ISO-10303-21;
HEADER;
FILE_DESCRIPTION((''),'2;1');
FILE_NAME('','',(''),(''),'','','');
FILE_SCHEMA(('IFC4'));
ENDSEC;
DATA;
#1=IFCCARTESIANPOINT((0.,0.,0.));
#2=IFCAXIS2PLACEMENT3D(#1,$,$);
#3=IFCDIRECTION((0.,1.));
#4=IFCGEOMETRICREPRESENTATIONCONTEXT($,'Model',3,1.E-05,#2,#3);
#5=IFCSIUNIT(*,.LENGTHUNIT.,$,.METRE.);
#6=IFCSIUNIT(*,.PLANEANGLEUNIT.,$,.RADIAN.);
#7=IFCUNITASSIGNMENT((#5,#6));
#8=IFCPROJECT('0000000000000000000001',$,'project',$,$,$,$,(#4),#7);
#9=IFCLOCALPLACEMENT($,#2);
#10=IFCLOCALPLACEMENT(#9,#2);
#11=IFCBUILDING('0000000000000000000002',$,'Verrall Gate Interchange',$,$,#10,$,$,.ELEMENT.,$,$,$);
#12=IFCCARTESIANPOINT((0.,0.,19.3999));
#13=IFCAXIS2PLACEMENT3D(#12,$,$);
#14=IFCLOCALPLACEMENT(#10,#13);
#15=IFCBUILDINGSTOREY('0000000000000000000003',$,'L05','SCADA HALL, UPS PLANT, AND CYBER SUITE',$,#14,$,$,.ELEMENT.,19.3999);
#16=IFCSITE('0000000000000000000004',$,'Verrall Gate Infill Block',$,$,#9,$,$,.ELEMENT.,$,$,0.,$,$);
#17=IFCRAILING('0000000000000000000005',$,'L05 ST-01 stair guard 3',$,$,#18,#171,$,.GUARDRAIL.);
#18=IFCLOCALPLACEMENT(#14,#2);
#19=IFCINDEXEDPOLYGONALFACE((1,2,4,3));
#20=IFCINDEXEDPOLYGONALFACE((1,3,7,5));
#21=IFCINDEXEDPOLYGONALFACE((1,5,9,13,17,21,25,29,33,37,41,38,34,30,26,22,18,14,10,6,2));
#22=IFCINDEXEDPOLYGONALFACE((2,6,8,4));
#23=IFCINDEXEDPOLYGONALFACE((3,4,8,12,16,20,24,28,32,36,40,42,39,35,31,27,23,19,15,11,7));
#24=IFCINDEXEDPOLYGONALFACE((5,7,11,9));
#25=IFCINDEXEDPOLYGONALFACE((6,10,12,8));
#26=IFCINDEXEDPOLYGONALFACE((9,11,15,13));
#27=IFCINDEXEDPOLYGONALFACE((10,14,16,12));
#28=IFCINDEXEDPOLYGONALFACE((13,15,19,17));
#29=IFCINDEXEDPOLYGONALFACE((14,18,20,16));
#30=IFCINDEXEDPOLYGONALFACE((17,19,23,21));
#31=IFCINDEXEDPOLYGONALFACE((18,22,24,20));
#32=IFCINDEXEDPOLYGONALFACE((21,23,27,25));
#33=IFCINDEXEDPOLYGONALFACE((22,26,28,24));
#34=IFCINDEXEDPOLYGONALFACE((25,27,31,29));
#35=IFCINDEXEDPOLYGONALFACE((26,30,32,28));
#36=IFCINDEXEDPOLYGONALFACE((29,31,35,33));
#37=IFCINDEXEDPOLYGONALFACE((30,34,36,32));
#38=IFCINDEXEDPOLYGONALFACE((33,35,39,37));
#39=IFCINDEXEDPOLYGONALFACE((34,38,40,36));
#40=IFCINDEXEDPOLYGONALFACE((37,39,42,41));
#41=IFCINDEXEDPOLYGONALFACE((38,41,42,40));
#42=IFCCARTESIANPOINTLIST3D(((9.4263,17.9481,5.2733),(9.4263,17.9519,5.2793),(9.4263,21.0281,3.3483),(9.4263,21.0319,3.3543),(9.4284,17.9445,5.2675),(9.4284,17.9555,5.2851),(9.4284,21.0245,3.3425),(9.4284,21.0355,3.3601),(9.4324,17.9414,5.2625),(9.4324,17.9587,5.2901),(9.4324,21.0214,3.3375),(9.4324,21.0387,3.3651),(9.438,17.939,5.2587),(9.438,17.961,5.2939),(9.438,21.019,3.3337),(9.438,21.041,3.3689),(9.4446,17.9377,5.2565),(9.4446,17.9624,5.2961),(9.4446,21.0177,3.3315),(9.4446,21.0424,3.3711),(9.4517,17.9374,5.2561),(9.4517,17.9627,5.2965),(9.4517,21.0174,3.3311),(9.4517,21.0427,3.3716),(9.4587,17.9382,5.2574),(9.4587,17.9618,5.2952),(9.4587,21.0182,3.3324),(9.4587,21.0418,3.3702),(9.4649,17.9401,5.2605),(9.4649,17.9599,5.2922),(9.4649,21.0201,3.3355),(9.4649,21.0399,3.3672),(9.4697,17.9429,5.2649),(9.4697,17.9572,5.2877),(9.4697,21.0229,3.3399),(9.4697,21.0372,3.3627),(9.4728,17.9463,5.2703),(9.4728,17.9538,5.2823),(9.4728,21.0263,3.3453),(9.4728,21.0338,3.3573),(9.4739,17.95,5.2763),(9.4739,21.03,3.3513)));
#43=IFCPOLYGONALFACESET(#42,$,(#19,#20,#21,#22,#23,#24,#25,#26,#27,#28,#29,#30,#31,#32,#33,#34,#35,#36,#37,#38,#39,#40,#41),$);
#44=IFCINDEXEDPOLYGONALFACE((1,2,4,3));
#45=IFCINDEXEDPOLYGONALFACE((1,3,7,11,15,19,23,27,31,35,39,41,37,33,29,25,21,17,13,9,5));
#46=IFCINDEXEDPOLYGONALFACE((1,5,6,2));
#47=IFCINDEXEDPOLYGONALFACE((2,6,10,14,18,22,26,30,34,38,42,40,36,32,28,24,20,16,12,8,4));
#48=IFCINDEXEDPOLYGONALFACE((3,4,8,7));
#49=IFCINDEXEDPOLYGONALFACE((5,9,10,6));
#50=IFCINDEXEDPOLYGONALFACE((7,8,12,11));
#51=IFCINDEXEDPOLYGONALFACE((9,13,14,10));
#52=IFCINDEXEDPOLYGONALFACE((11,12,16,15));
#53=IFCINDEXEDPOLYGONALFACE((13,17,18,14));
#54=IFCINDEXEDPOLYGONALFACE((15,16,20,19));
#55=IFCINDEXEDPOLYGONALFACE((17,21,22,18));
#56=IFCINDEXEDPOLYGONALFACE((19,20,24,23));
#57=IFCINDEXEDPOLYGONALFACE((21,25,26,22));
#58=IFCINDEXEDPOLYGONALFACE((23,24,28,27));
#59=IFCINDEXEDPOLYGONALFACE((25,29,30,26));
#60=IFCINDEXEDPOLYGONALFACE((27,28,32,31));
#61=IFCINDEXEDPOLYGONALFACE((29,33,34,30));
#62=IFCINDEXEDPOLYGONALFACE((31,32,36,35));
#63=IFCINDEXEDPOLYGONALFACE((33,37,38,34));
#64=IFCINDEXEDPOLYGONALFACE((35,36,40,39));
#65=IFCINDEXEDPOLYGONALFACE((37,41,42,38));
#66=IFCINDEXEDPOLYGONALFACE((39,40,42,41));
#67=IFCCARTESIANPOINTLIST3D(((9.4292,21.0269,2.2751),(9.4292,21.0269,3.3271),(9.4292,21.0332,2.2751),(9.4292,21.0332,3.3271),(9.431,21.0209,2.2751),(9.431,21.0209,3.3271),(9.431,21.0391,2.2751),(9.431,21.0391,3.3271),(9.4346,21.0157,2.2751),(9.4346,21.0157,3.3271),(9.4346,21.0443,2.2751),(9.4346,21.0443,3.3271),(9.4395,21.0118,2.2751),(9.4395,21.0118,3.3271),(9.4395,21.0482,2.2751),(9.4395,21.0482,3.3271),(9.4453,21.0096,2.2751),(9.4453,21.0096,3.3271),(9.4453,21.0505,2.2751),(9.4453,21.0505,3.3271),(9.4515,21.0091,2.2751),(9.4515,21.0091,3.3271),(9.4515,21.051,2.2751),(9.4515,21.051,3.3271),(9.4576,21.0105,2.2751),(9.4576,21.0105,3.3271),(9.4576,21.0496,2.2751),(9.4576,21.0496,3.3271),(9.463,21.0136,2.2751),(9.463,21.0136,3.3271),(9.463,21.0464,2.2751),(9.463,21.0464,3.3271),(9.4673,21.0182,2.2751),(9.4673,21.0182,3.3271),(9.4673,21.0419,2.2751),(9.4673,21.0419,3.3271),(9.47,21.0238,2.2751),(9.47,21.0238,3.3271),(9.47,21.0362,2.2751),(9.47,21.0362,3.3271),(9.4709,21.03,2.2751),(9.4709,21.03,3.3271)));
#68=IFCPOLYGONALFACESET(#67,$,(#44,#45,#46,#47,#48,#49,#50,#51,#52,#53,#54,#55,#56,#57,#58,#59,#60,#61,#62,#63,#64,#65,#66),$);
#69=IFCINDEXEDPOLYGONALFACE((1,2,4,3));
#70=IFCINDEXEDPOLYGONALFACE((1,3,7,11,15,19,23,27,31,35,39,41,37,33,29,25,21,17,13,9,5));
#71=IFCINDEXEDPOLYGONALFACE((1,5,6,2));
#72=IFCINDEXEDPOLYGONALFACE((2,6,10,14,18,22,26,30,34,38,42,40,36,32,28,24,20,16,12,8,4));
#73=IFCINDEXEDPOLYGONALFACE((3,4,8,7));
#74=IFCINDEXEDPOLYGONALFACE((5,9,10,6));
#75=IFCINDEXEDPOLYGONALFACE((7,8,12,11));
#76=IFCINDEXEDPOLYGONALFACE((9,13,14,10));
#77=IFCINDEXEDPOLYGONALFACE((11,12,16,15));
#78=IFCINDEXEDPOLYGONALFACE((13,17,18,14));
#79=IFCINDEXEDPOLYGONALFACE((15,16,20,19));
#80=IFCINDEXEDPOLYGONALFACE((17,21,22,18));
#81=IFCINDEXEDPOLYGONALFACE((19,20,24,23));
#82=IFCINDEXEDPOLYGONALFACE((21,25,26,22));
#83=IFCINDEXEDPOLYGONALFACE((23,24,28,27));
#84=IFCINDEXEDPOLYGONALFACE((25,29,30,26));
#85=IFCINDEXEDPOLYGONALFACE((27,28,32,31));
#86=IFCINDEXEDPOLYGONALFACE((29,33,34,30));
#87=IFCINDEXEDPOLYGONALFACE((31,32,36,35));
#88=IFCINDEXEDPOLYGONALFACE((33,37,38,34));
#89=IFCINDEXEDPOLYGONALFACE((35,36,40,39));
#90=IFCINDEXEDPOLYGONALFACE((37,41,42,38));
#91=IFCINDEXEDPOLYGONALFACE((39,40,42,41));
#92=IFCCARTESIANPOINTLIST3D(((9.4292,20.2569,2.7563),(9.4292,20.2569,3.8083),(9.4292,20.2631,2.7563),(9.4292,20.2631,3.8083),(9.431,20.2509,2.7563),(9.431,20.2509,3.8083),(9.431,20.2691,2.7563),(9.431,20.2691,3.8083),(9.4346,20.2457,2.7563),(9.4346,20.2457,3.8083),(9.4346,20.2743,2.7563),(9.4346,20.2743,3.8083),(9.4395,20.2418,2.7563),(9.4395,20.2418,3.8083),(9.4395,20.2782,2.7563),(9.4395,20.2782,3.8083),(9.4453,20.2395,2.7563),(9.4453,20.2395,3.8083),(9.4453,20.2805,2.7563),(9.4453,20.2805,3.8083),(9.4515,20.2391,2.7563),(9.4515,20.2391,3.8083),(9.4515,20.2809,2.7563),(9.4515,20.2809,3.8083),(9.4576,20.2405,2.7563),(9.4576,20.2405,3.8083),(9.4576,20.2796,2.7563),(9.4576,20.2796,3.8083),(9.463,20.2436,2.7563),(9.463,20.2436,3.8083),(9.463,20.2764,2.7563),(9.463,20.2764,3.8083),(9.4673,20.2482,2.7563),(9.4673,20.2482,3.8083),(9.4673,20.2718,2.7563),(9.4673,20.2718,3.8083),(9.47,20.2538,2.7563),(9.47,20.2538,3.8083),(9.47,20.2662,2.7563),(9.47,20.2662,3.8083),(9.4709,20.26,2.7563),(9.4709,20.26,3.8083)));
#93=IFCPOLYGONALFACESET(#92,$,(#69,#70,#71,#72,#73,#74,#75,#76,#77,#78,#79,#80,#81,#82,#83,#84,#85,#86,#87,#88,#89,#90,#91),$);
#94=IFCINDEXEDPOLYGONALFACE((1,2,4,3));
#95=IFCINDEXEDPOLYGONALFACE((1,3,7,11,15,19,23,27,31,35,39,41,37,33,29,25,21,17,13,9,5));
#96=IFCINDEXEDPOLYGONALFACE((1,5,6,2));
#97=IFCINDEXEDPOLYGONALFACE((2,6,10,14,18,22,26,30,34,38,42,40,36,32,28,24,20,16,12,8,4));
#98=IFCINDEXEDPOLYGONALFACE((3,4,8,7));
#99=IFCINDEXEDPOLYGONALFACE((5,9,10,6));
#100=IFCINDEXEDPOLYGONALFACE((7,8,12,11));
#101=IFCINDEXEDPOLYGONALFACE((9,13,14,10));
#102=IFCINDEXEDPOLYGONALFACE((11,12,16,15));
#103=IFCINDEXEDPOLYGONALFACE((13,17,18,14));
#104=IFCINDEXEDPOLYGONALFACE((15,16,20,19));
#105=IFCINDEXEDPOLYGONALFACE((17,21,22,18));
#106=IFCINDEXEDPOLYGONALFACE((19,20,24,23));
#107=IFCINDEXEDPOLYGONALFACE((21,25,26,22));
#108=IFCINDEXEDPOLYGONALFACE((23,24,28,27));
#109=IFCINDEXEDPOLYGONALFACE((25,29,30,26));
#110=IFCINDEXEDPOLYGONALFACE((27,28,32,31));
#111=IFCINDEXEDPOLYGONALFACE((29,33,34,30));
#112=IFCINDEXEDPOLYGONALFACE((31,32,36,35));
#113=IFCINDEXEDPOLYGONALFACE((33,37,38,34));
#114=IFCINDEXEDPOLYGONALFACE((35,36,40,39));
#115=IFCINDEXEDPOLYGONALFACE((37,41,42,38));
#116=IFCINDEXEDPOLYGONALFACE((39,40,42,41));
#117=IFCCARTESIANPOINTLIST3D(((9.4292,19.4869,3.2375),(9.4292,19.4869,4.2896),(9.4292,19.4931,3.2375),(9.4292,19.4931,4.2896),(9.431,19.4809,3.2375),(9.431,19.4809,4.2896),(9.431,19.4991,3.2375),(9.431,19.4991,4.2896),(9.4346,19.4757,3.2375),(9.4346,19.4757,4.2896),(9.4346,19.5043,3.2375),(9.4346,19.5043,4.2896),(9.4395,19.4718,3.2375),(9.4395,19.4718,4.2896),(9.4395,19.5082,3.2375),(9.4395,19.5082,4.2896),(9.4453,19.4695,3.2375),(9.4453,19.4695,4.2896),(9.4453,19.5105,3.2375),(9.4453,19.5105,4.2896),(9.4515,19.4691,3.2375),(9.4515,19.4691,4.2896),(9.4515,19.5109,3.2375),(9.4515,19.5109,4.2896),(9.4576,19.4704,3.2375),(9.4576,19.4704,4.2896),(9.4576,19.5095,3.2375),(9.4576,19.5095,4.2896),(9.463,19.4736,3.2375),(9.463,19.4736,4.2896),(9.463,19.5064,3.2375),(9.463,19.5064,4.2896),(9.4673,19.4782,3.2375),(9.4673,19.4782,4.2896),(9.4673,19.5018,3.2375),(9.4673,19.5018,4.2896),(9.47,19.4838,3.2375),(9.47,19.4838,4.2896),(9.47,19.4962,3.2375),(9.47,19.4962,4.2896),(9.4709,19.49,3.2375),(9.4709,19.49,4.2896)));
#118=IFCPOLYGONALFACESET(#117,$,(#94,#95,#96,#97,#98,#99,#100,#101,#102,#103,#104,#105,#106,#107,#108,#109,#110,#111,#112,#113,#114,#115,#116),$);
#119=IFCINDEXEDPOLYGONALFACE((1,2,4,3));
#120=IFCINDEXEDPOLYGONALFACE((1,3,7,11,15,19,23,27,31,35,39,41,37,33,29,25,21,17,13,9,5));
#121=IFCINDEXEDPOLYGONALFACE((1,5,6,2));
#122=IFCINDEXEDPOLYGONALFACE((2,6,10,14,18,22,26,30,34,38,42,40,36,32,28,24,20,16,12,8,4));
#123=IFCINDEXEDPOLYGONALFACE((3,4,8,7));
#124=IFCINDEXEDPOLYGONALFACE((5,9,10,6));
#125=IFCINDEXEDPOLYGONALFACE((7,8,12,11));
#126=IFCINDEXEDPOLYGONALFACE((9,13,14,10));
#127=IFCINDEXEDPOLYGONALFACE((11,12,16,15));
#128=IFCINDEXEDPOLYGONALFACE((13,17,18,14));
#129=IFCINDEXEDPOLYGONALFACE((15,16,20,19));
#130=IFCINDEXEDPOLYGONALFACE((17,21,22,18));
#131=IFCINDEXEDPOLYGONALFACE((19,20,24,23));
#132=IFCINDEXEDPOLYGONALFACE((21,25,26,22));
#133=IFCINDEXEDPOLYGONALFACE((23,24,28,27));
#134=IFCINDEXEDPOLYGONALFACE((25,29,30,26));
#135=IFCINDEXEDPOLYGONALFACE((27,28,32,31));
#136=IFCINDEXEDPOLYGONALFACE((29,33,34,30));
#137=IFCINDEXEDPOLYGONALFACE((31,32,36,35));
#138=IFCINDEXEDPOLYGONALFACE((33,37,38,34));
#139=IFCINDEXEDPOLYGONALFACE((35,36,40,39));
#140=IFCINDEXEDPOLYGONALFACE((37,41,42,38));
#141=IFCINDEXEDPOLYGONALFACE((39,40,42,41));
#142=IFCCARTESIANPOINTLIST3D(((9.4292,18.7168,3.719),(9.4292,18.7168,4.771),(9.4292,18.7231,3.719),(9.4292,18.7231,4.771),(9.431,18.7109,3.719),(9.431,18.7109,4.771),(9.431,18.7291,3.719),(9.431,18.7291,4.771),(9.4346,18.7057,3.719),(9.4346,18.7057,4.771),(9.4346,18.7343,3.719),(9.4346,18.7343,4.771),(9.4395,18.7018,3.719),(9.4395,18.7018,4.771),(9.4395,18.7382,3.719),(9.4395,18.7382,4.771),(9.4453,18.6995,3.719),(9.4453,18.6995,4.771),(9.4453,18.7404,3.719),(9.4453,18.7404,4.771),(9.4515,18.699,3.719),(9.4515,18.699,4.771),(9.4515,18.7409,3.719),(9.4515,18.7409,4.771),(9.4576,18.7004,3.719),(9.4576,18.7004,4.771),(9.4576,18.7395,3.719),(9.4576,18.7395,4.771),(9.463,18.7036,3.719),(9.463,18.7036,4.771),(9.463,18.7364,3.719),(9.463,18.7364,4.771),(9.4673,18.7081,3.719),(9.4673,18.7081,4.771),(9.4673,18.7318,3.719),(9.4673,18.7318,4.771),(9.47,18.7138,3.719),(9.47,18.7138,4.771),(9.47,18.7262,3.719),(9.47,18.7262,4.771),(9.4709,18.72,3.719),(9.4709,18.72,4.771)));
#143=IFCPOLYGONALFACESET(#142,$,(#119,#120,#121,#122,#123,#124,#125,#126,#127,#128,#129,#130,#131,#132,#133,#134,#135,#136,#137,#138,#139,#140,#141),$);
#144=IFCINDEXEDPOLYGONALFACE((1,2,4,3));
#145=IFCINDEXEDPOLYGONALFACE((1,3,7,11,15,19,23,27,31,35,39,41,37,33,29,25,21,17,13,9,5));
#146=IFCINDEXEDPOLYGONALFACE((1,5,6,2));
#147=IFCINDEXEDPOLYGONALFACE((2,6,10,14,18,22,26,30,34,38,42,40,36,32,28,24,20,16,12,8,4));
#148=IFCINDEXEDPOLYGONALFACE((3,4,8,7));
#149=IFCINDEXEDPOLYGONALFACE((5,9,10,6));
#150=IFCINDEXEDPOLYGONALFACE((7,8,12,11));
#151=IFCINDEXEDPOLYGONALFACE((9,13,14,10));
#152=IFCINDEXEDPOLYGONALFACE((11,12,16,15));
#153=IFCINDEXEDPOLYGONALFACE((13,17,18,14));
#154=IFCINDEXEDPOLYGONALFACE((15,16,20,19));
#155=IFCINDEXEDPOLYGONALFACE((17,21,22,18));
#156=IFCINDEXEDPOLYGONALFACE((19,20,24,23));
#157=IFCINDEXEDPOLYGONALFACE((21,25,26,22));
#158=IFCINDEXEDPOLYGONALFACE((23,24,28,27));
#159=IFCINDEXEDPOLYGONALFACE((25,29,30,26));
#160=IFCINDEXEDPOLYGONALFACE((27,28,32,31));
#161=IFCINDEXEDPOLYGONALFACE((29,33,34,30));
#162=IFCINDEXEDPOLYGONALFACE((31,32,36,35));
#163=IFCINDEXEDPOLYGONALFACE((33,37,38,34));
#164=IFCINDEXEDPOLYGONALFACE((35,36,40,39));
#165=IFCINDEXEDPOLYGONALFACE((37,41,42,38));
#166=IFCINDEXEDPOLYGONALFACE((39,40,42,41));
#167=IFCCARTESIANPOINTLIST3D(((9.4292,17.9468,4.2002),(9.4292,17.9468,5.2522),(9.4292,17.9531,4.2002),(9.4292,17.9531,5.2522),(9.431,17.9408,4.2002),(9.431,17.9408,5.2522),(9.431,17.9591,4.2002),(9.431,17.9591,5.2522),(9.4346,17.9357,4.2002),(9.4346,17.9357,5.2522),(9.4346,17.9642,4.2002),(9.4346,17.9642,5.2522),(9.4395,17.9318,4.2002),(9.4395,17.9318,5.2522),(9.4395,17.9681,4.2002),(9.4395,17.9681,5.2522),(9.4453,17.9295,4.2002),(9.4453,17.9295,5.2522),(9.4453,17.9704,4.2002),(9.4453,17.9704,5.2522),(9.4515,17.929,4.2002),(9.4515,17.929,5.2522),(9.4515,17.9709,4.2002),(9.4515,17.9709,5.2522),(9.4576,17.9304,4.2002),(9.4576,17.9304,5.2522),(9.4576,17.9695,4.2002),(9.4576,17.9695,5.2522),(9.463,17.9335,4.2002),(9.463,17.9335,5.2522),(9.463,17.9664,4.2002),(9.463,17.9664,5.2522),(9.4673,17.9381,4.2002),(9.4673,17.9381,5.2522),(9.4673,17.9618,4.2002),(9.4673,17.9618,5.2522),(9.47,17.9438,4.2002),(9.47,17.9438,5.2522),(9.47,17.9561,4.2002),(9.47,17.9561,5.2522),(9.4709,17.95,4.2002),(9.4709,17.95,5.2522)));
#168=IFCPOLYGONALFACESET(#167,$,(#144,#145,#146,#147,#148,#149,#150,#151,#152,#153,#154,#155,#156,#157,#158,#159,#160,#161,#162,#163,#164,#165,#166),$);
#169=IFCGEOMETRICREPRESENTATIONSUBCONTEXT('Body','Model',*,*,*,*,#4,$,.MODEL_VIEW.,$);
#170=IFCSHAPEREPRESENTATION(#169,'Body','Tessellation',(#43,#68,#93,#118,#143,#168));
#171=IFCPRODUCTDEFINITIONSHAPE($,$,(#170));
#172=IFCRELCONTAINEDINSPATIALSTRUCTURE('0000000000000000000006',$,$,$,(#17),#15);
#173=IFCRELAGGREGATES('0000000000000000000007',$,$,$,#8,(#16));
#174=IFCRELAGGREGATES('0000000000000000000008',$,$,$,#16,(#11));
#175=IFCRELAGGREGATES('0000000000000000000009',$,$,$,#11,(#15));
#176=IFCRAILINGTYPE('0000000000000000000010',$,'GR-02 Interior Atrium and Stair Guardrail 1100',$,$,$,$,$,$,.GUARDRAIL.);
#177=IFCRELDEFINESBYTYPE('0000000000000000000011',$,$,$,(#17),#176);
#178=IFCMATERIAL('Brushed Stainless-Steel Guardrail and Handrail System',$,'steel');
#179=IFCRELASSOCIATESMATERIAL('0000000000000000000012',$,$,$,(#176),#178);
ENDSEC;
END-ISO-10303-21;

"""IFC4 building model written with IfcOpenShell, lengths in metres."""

from ifc_helpers import new_model, si_unit, direction, frame, origin, origin_2d, place, context, subcontext, project, spatial, circle, extrude, material, type_object, element, save


model = new_model("IFC4")

# Units and contexts
model_context = context("Model", 3, precision=1e-05, world=origin(), true_north=direction((0.0, 1.0)))
body_context = subcontext(model_context, "Body", "Model", "MODEL_VIEW")
ifc_project = project(units=[si_unit("LENGTHUNIT", "METRE"), si_unit("PLANEANGLEUNIT", "RADIAN")], contexts=[model_context])

# Site, building, storey
site_placement = place(None, origin())
site = spatial("IfcSite", under=ifc_project, at=site_placement, Name="Verrall Gate Infill Block", CompositionType="ELEMENT", RefElevation=0.0)
building_placement = place(site_placement, origin())
building = spatial("IfcBuilding", under=site, at=building_placement, Name="Verrall Gate Interchange", CompositionType="ELEMENT")
storey_placement = place(building_placement, frame((0.0, 0.0, 19.3999)))
storey = spatial("IfcBuildingStorey", under=building, at=storey_placement, Name="L05", Description="SCADA HALL, UPS PLANT, AND CYBER SUITE", CompositionType="ELEMENT", Elevation=19.3999)

# Railing
ifc_material_1 = material(Name="Brushed Stainless-Steel Guardrail and Handrail System", Category="steel")
railing_type_1 = type_object("IfcRailingType", Name="GR-02 Interior Atrium and Stair Guardrail 1100", PredefinedType="GUARDRAIL", material=ifc_material_1)
railing_1_placement = place(storey_placement, frame((9.45, 21.03, 2.2751)))
element("IfcRailing", 1, at=railing_1_placement, inside=storey, type_object=railing_type_1, Name="L05 ST-01 stair guard 3", PredefinedType="GUARDRAIL", context=body_context, shape_type="SweptSolid", body=[
    extrude(circle(Radius=0.0239, at=origin_2d()), frame((0.0, 0.0, 1.0762), z_axis=(0.0, -0.847998, 0.529999), x_axis=(1.0, 0.0, 0.0)), (0.0, 0.0, 1.0), 3.6321),
    extrude(circle(Radius=0.021, at=origin_2d()), origin(), (0.0, 0.0, 1.0), 1.052),
    extrude(circle(Radius=0.021, at=origin_2d()), frame((0.0, -0.77, 0.4812)), (0.0, 0.0, 1.0), 1.052),
    extrude(circle(Radius=0.021, at=origin_2d()), frame((0.0, -1.54, 0.9624)), (0.0, 0.0, 1.0), 1.052),
    extrude(circle(Radius=0.021, at=origin_2d()), frame((0.0, -2.3101, 1.4438)), (0.0, 0.0, 1.0), 1.052),
    extrude(circle(Radius=0.021, at=origin_2d()), frame((0.0, -3.0801, 1.925)), (0.0, 0.0, 1.0), 1.052),
])

save(model, "model.ifc")
